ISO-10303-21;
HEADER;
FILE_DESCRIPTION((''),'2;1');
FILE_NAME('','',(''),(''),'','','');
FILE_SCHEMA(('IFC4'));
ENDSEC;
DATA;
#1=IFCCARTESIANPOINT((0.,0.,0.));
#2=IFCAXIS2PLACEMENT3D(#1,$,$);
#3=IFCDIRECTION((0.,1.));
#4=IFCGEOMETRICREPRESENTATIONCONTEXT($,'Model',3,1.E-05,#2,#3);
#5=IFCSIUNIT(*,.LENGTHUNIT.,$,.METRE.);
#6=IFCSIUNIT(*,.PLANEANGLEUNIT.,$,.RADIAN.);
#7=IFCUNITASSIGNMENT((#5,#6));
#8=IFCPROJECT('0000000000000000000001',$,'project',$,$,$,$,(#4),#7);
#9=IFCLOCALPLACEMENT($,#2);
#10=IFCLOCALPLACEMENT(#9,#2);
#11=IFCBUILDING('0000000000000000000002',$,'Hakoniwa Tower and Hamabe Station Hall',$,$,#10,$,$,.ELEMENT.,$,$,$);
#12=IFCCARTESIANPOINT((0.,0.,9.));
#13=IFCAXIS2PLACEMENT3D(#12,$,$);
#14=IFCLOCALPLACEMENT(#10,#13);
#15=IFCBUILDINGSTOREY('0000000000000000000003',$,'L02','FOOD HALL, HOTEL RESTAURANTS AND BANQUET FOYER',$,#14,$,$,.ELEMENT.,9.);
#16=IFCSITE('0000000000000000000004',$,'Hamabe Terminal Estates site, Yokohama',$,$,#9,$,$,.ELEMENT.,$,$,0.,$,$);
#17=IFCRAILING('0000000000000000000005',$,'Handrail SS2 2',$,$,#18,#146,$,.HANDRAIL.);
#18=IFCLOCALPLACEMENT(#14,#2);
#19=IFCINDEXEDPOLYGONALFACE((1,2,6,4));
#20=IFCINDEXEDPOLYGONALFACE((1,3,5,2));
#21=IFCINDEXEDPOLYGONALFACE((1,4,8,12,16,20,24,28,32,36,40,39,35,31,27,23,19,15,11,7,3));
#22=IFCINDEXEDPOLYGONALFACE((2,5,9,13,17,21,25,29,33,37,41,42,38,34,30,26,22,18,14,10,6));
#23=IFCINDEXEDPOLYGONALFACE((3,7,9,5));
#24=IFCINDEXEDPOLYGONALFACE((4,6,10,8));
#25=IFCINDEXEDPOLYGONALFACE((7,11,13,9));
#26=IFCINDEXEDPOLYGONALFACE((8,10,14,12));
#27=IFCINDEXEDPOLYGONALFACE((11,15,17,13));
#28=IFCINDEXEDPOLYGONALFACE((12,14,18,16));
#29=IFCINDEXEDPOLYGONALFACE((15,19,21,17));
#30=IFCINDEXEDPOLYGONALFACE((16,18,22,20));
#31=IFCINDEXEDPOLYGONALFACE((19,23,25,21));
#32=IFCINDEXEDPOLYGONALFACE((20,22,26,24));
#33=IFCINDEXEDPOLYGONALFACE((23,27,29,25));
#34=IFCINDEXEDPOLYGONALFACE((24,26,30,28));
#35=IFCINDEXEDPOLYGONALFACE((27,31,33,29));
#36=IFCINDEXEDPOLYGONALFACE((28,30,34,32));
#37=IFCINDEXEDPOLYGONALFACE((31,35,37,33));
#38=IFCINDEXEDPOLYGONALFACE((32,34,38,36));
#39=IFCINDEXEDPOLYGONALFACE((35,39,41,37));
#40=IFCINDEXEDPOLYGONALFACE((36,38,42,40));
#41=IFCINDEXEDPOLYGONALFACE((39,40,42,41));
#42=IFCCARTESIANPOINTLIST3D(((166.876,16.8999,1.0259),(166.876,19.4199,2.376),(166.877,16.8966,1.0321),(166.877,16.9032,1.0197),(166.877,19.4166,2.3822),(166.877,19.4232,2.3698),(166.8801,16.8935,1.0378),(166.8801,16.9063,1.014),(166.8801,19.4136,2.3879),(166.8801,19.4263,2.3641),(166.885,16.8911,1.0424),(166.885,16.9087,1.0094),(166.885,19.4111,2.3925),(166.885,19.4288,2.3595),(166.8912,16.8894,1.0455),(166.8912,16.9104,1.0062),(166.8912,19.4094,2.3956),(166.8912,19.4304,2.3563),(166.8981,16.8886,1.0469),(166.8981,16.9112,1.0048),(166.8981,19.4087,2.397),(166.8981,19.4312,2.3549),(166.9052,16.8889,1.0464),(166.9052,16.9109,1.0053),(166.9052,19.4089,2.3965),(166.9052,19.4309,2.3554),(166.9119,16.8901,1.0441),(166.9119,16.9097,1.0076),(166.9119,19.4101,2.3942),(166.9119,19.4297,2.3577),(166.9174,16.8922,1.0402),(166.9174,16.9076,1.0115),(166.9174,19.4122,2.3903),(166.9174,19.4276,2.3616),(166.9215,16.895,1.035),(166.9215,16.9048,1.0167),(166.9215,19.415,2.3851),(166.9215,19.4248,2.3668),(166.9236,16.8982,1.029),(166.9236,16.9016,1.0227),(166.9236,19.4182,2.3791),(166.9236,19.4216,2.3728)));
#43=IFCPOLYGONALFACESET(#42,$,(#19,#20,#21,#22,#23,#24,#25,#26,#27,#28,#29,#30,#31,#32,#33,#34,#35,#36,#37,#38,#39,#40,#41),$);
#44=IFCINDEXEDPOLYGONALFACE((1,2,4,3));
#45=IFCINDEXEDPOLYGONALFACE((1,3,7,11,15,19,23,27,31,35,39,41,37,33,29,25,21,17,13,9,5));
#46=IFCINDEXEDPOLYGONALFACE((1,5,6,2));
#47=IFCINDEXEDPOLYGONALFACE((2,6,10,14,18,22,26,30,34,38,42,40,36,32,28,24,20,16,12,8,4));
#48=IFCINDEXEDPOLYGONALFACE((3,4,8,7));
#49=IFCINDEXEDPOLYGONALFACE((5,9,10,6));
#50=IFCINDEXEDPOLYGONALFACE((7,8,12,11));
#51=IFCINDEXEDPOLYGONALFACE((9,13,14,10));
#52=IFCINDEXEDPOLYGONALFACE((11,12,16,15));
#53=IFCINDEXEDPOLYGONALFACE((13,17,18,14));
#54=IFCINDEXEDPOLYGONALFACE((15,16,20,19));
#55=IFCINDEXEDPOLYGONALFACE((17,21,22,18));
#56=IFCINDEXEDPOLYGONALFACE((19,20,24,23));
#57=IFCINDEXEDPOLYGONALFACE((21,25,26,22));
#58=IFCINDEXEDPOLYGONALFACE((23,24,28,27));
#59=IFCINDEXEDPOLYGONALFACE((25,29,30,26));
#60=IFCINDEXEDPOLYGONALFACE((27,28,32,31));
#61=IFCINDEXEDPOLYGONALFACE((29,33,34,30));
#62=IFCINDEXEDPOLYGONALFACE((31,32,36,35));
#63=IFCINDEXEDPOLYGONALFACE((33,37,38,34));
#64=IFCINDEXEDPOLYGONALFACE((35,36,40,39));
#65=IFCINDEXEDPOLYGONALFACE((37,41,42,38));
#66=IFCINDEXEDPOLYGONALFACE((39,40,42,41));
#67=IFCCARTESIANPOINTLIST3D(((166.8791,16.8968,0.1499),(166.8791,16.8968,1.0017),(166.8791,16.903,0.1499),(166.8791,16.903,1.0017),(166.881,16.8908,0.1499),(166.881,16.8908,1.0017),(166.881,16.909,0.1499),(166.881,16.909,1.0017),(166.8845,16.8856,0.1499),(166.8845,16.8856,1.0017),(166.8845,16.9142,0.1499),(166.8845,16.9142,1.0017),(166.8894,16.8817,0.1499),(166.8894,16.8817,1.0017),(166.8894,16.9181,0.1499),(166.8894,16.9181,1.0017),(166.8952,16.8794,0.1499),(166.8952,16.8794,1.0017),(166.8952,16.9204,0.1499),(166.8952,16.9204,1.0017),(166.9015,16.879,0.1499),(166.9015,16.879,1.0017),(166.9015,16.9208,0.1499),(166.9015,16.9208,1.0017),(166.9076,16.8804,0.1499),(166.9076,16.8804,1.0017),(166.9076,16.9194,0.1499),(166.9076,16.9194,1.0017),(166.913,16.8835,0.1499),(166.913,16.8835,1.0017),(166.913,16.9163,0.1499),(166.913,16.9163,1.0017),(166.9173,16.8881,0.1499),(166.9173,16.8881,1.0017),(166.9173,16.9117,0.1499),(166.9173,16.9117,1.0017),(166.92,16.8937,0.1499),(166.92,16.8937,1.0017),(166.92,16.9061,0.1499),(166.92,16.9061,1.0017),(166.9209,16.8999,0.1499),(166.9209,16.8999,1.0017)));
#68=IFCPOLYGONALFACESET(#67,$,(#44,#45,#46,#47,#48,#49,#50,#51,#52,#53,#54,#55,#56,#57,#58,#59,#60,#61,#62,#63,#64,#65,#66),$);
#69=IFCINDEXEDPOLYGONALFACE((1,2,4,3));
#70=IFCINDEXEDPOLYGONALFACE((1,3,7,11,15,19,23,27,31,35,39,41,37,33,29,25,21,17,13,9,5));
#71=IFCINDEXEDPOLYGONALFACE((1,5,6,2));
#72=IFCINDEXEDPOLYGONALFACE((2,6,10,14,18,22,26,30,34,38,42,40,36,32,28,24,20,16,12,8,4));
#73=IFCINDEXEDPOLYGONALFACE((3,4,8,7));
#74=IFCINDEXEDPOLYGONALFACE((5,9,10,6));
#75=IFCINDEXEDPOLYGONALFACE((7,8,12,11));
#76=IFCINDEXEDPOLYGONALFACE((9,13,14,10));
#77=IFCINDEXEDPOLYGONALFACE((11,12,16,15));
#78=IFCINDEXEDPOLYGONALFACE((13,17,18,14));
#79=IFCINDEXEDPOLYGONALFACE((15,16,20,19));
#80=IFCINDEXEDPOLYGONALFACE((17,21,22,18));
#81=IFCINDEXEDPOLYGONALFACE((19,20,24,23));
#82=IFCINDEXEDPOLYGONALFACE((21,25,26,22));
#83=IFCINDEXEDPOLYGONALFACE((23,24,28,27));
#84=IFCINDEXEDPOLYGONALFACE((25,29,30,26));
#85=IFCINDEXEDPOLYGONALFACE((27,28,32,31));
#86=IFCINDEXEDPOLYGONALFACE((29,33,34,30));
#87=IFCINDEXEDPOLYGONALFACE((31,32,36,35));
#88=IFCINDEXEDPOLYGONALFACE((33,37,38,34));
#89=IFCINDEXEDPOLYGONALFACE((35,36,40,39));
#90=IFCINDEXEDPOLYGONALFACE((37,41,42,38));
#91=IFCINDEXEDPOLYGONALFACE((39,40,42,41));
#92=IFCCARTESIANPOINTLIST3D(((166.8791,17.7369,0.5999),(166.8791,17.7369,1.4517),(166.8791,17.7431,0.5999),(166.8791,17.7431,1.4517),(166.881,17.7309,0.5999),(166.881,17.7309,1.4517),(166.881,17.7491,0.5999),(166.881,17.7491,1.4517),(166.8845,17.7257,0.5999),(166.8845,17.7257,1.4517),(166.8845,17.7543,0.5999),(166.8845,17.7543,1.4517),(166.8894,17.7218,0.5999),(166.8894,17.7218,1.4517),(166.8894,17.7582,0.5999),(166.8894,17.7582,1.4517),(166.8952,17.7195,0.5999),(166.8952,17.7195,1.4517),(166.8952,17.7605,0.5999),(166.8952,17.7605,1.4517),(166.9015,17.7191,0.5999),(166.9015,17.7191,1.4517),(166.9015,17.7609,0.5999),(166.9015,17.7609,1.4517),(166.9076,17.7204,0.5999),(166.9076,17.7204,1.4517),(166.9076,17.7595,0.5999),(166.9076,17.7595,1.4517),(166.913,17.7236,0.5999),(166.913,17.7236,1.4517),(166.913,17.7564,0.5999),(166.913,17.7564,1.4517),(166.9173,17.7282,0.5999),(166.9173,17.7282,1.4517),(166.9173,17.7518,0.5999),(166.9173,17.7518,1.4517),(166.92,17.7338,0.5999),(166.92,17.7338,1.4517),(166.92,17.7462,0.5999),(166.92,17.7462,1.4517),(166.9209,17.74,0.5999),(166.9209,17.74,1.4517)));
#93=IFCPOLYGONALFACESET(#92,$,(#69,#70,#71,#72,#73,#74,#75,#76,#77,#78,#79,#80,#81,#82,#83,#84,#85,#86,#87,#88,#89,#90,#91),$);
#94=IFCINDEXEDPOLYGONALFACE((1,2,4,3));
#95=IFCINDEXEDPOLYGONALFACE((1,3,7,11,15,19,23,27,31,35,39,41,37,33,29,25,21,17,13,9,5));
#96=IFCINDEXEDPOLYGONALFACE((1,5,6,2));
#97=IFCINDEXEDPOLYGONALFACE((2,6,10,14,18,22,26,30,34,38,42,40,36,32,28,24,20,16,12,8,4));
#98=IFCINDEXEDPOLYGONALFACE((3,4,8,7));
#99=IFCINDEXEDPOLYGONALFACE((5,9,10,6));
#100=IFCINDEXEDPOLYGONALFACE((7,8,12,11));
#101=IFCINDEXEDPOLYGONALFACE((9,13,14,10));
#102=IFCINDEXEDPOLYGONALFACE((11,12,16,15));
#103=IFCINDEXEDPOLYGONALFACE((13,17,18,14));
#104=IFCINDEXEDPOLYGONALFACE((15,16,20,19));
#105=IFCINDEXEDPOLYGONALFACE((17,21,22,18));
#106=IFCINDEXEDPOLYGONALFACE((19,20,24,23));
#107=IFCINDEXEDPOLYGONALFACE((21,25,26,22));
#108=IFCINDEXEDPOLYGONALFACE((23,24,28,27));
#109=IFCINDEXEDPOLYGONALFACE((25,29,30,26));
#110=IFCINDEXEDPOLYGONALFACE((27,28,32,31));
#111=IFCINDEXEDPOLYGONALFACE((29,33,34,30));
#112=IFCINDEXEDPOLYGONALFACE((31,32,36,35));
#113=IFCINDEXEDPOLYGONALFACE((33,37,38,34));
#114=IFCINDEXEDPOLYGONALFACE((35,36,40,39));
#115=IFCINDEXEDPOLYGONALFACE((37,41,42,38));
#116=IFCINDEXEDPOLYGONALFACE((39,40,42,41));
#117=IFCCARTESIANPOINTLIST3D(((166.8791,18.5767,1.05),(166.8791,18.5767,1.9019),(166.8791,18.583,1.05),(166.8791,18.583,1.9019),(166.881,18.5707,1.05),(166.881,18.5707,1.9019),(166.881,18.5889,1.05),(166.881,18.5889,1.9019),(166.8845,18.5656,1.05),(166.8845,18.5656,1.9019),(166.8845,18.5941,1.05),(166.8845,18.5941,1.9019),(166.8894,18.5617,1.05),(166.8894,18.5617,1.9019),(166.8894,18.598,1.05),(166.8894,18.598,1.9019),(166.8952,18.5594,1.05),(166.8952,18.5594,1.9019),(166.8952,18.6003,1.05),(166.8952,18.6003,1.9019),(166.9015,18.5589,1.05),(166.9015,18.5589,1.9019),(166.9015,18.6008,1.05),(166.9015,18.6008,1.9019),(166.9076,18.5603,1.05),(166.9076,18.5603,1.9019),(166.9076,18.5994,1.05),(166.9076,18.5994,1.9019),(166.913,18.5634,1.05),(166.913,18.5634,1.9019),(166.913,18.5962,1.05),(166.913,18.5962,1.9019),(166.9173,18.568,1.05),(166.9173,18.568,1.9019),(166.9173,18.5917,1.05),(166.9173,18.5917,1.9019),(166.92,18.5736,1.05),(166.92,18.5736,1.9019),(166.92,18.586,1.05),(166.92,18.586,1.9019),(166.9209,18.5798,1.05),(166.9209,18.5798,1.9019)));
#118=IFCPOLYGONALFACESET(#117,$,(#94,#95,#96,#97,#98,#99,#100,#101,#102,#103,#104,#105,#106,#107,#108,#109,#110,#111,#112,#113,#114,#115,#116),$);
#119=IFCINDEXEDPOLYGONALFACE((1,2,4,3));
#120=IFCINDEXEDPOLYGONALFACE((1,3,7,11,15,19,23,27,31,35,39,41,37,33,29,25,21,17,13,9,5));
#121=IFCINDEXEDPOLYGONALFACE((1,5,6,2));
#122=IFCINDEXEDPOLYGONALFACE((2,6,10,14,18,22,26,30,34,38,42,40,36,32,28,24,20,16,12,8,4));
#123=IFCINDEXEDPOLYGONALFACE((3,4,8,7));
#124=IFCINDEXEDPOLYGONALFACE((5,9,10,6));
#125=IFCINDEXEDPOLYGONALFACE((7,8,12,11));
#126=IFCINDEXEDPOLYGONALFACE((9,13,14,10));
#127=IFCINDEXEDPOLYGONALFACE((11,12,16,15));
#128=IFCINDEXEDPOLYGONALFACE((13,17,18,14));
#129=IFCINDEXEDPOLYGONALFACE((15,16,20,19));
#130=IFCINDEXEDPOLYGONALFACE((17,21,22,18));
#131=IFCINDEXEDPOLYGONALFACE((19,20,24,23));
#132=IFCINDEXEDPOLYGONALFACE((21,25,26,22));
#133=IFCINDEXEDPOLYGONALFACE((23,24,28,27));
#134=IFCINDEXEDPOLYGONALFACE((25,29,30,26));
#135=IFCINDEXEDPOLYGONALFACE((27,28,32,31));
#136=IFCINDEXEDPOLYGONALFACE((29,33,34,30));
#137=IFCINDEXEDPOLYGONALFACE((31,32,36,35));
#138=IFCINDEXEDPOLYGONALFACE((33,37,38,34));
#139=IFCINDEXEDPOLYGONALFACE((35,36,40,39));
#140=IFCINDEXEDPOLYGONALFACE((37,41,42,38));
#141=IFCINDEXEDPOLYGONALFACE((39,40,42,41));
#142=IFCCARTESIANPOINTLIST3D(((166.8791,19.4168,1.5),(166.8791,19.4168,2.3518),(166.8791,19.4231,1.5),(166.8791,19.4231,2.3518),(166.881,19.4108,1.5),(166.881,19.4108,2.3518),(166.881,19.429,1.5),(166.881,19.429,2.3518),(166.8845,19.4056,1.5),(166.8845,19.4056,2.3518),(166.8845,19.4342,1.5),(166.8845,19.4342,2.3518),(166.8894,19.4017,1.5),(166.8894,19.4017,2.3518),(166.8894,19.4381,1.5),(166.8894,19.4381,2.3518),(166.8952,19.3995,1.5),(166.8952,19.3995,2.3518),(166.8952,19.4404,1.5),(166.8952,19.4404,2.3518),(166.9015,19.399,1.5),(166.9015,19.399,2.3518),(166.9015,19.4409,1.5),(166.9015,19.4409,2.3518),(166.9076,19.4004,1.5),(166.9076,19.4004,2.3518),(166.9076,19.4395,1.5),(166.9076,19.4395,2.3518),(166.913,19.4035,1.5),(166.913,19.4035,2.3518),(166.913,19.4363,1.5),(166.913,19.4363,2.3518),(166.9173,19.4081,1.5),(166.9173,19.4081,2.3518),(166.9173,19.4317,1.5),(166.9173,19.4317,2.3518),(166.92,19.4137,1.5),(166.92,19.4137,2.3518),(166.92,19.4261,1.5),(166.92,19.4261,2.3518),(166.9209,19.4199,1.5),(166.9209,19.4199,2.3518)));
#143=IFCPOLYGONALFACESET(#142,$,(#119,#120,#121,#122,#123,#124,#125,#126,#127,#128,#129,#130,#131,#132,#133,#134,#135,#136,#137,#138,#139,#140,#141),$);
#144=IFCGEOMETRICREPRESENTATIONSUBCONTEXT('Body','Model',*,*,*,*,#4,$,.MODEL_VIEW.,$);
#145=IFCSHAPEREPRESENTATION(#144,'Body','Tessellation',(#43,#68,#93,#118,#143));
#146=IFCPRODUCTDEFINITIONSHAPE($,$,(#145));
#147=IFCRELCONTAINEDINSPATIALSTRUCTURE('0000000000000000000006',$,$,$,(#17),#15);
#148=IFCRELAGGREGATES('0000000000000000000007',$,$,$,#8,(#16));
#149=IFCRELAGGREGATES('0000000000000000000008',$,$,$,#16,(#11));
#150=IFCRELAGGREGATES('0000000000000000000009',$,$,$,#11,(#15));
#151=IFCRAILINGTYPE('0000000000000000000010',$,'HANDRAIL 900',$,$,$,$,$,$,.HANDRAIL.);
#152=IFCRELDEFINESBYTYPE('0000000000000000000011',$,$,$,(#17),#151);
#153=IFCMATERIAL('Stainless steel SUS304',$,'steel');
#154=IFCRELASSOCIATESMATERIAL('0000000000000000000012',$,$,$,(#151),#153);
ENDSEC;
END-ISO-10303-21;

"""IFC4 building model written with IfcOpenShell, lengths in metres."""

from ifc_helpers import new_model, si_unit, direction, frame, origin, origin_2d, place, context, subcontext, project, spatial, circle, extrude, material, type_object, element, save


model = new_model("IFC4")

# Units and contexts
model_context = context("Model", 3, precision=1e-05, world=origin(), true_north=direction((0.0, 1.0)))
body_context = subcontext(model_context, "Body", "Model", "MODEL_VIEW")
ifc_project = project(units=[si_unit("LENGTHUNIT", "METRE"), si_unit("PLANEANGLEUNIT", "RADIAN")], contexts=[model_context])

# Site, building, storey
site_placement = place(None, origin())
site = spatial("IfcSite", under=ifc_project, at=site_placement, Name="Hamabe Terminal Estates site, Yokohama", CompositionType="ELEMENT", RefElevation=0.0)
building_placement = place(site_placement, origin())
building = spatial("IfcBuilding", under=site, at=building_placement, Name="Hakoniwa Tower and Hamabe Station Hall", CompositionType="ELEMENT")
storey_placement = place(building_placement, frame((0.0, 0.0, 9.0)))
storey = spatial("IfcBuildingStorey", under=building, at=storey_placement, Name="L02", Description="FOOD HALL, HOTEL RESTAURANTS AND BANQUET FOYER", CompositionType="ELEMENT", Elevation=9.0)

# Railing
ifc_material_1 = material(Name="Stainless steel SUS304", Category="steel")
railing_type_1 = type_object("IfcRailingType", Name="HANDRAIL 900", PredefinedType="HANDRAIL", material=ifc_material_1)
railing_1_placement = place(storey_placement, frame((166.8999, 16.8999, 0.1499)))
element("IfcRailing", 1, at=railing_1_placement, inside=storey, type_object=railing_type_1, Name="Handrail SS2 2", PredefinedType="HANDRAIL", context=body_context, shape_type="SweptSolid", body=[
    extrude(circle(Radius=0.0239, at=origin_2d()), frame((0.0, 0.0, 0.876), z_axis=(0.0, 0.881467, 0.472245), x_axis=(-1.0, 0.0, 0.0)), (0.0, 0.0, 1.0), 2.8589),
    extrude(circle(Radius=0.021, at=origin_2d()), origin(), (0.0, 0.0, 1.0), 0.8518),
    extrude(circle(Radius=0.021, at=origin_2d()), frame((0.0, 0.8401, 0.45)), (0.0, 0.0, 1.0), 0.8518),
    extrude(circle(Radius=0.021, at=origin_2d()), frame((0.0, 1.6799, 0.9001)), (0.0, 0.0, 1.0), 0.8518),
    extrude(circle(Radius=0.021, at=origin_2d()), frame((0.0, 2.52, 1.3501)), (0.0, 0.0, 1.0), 0.8518),
])

save(model, "model.ifc")
